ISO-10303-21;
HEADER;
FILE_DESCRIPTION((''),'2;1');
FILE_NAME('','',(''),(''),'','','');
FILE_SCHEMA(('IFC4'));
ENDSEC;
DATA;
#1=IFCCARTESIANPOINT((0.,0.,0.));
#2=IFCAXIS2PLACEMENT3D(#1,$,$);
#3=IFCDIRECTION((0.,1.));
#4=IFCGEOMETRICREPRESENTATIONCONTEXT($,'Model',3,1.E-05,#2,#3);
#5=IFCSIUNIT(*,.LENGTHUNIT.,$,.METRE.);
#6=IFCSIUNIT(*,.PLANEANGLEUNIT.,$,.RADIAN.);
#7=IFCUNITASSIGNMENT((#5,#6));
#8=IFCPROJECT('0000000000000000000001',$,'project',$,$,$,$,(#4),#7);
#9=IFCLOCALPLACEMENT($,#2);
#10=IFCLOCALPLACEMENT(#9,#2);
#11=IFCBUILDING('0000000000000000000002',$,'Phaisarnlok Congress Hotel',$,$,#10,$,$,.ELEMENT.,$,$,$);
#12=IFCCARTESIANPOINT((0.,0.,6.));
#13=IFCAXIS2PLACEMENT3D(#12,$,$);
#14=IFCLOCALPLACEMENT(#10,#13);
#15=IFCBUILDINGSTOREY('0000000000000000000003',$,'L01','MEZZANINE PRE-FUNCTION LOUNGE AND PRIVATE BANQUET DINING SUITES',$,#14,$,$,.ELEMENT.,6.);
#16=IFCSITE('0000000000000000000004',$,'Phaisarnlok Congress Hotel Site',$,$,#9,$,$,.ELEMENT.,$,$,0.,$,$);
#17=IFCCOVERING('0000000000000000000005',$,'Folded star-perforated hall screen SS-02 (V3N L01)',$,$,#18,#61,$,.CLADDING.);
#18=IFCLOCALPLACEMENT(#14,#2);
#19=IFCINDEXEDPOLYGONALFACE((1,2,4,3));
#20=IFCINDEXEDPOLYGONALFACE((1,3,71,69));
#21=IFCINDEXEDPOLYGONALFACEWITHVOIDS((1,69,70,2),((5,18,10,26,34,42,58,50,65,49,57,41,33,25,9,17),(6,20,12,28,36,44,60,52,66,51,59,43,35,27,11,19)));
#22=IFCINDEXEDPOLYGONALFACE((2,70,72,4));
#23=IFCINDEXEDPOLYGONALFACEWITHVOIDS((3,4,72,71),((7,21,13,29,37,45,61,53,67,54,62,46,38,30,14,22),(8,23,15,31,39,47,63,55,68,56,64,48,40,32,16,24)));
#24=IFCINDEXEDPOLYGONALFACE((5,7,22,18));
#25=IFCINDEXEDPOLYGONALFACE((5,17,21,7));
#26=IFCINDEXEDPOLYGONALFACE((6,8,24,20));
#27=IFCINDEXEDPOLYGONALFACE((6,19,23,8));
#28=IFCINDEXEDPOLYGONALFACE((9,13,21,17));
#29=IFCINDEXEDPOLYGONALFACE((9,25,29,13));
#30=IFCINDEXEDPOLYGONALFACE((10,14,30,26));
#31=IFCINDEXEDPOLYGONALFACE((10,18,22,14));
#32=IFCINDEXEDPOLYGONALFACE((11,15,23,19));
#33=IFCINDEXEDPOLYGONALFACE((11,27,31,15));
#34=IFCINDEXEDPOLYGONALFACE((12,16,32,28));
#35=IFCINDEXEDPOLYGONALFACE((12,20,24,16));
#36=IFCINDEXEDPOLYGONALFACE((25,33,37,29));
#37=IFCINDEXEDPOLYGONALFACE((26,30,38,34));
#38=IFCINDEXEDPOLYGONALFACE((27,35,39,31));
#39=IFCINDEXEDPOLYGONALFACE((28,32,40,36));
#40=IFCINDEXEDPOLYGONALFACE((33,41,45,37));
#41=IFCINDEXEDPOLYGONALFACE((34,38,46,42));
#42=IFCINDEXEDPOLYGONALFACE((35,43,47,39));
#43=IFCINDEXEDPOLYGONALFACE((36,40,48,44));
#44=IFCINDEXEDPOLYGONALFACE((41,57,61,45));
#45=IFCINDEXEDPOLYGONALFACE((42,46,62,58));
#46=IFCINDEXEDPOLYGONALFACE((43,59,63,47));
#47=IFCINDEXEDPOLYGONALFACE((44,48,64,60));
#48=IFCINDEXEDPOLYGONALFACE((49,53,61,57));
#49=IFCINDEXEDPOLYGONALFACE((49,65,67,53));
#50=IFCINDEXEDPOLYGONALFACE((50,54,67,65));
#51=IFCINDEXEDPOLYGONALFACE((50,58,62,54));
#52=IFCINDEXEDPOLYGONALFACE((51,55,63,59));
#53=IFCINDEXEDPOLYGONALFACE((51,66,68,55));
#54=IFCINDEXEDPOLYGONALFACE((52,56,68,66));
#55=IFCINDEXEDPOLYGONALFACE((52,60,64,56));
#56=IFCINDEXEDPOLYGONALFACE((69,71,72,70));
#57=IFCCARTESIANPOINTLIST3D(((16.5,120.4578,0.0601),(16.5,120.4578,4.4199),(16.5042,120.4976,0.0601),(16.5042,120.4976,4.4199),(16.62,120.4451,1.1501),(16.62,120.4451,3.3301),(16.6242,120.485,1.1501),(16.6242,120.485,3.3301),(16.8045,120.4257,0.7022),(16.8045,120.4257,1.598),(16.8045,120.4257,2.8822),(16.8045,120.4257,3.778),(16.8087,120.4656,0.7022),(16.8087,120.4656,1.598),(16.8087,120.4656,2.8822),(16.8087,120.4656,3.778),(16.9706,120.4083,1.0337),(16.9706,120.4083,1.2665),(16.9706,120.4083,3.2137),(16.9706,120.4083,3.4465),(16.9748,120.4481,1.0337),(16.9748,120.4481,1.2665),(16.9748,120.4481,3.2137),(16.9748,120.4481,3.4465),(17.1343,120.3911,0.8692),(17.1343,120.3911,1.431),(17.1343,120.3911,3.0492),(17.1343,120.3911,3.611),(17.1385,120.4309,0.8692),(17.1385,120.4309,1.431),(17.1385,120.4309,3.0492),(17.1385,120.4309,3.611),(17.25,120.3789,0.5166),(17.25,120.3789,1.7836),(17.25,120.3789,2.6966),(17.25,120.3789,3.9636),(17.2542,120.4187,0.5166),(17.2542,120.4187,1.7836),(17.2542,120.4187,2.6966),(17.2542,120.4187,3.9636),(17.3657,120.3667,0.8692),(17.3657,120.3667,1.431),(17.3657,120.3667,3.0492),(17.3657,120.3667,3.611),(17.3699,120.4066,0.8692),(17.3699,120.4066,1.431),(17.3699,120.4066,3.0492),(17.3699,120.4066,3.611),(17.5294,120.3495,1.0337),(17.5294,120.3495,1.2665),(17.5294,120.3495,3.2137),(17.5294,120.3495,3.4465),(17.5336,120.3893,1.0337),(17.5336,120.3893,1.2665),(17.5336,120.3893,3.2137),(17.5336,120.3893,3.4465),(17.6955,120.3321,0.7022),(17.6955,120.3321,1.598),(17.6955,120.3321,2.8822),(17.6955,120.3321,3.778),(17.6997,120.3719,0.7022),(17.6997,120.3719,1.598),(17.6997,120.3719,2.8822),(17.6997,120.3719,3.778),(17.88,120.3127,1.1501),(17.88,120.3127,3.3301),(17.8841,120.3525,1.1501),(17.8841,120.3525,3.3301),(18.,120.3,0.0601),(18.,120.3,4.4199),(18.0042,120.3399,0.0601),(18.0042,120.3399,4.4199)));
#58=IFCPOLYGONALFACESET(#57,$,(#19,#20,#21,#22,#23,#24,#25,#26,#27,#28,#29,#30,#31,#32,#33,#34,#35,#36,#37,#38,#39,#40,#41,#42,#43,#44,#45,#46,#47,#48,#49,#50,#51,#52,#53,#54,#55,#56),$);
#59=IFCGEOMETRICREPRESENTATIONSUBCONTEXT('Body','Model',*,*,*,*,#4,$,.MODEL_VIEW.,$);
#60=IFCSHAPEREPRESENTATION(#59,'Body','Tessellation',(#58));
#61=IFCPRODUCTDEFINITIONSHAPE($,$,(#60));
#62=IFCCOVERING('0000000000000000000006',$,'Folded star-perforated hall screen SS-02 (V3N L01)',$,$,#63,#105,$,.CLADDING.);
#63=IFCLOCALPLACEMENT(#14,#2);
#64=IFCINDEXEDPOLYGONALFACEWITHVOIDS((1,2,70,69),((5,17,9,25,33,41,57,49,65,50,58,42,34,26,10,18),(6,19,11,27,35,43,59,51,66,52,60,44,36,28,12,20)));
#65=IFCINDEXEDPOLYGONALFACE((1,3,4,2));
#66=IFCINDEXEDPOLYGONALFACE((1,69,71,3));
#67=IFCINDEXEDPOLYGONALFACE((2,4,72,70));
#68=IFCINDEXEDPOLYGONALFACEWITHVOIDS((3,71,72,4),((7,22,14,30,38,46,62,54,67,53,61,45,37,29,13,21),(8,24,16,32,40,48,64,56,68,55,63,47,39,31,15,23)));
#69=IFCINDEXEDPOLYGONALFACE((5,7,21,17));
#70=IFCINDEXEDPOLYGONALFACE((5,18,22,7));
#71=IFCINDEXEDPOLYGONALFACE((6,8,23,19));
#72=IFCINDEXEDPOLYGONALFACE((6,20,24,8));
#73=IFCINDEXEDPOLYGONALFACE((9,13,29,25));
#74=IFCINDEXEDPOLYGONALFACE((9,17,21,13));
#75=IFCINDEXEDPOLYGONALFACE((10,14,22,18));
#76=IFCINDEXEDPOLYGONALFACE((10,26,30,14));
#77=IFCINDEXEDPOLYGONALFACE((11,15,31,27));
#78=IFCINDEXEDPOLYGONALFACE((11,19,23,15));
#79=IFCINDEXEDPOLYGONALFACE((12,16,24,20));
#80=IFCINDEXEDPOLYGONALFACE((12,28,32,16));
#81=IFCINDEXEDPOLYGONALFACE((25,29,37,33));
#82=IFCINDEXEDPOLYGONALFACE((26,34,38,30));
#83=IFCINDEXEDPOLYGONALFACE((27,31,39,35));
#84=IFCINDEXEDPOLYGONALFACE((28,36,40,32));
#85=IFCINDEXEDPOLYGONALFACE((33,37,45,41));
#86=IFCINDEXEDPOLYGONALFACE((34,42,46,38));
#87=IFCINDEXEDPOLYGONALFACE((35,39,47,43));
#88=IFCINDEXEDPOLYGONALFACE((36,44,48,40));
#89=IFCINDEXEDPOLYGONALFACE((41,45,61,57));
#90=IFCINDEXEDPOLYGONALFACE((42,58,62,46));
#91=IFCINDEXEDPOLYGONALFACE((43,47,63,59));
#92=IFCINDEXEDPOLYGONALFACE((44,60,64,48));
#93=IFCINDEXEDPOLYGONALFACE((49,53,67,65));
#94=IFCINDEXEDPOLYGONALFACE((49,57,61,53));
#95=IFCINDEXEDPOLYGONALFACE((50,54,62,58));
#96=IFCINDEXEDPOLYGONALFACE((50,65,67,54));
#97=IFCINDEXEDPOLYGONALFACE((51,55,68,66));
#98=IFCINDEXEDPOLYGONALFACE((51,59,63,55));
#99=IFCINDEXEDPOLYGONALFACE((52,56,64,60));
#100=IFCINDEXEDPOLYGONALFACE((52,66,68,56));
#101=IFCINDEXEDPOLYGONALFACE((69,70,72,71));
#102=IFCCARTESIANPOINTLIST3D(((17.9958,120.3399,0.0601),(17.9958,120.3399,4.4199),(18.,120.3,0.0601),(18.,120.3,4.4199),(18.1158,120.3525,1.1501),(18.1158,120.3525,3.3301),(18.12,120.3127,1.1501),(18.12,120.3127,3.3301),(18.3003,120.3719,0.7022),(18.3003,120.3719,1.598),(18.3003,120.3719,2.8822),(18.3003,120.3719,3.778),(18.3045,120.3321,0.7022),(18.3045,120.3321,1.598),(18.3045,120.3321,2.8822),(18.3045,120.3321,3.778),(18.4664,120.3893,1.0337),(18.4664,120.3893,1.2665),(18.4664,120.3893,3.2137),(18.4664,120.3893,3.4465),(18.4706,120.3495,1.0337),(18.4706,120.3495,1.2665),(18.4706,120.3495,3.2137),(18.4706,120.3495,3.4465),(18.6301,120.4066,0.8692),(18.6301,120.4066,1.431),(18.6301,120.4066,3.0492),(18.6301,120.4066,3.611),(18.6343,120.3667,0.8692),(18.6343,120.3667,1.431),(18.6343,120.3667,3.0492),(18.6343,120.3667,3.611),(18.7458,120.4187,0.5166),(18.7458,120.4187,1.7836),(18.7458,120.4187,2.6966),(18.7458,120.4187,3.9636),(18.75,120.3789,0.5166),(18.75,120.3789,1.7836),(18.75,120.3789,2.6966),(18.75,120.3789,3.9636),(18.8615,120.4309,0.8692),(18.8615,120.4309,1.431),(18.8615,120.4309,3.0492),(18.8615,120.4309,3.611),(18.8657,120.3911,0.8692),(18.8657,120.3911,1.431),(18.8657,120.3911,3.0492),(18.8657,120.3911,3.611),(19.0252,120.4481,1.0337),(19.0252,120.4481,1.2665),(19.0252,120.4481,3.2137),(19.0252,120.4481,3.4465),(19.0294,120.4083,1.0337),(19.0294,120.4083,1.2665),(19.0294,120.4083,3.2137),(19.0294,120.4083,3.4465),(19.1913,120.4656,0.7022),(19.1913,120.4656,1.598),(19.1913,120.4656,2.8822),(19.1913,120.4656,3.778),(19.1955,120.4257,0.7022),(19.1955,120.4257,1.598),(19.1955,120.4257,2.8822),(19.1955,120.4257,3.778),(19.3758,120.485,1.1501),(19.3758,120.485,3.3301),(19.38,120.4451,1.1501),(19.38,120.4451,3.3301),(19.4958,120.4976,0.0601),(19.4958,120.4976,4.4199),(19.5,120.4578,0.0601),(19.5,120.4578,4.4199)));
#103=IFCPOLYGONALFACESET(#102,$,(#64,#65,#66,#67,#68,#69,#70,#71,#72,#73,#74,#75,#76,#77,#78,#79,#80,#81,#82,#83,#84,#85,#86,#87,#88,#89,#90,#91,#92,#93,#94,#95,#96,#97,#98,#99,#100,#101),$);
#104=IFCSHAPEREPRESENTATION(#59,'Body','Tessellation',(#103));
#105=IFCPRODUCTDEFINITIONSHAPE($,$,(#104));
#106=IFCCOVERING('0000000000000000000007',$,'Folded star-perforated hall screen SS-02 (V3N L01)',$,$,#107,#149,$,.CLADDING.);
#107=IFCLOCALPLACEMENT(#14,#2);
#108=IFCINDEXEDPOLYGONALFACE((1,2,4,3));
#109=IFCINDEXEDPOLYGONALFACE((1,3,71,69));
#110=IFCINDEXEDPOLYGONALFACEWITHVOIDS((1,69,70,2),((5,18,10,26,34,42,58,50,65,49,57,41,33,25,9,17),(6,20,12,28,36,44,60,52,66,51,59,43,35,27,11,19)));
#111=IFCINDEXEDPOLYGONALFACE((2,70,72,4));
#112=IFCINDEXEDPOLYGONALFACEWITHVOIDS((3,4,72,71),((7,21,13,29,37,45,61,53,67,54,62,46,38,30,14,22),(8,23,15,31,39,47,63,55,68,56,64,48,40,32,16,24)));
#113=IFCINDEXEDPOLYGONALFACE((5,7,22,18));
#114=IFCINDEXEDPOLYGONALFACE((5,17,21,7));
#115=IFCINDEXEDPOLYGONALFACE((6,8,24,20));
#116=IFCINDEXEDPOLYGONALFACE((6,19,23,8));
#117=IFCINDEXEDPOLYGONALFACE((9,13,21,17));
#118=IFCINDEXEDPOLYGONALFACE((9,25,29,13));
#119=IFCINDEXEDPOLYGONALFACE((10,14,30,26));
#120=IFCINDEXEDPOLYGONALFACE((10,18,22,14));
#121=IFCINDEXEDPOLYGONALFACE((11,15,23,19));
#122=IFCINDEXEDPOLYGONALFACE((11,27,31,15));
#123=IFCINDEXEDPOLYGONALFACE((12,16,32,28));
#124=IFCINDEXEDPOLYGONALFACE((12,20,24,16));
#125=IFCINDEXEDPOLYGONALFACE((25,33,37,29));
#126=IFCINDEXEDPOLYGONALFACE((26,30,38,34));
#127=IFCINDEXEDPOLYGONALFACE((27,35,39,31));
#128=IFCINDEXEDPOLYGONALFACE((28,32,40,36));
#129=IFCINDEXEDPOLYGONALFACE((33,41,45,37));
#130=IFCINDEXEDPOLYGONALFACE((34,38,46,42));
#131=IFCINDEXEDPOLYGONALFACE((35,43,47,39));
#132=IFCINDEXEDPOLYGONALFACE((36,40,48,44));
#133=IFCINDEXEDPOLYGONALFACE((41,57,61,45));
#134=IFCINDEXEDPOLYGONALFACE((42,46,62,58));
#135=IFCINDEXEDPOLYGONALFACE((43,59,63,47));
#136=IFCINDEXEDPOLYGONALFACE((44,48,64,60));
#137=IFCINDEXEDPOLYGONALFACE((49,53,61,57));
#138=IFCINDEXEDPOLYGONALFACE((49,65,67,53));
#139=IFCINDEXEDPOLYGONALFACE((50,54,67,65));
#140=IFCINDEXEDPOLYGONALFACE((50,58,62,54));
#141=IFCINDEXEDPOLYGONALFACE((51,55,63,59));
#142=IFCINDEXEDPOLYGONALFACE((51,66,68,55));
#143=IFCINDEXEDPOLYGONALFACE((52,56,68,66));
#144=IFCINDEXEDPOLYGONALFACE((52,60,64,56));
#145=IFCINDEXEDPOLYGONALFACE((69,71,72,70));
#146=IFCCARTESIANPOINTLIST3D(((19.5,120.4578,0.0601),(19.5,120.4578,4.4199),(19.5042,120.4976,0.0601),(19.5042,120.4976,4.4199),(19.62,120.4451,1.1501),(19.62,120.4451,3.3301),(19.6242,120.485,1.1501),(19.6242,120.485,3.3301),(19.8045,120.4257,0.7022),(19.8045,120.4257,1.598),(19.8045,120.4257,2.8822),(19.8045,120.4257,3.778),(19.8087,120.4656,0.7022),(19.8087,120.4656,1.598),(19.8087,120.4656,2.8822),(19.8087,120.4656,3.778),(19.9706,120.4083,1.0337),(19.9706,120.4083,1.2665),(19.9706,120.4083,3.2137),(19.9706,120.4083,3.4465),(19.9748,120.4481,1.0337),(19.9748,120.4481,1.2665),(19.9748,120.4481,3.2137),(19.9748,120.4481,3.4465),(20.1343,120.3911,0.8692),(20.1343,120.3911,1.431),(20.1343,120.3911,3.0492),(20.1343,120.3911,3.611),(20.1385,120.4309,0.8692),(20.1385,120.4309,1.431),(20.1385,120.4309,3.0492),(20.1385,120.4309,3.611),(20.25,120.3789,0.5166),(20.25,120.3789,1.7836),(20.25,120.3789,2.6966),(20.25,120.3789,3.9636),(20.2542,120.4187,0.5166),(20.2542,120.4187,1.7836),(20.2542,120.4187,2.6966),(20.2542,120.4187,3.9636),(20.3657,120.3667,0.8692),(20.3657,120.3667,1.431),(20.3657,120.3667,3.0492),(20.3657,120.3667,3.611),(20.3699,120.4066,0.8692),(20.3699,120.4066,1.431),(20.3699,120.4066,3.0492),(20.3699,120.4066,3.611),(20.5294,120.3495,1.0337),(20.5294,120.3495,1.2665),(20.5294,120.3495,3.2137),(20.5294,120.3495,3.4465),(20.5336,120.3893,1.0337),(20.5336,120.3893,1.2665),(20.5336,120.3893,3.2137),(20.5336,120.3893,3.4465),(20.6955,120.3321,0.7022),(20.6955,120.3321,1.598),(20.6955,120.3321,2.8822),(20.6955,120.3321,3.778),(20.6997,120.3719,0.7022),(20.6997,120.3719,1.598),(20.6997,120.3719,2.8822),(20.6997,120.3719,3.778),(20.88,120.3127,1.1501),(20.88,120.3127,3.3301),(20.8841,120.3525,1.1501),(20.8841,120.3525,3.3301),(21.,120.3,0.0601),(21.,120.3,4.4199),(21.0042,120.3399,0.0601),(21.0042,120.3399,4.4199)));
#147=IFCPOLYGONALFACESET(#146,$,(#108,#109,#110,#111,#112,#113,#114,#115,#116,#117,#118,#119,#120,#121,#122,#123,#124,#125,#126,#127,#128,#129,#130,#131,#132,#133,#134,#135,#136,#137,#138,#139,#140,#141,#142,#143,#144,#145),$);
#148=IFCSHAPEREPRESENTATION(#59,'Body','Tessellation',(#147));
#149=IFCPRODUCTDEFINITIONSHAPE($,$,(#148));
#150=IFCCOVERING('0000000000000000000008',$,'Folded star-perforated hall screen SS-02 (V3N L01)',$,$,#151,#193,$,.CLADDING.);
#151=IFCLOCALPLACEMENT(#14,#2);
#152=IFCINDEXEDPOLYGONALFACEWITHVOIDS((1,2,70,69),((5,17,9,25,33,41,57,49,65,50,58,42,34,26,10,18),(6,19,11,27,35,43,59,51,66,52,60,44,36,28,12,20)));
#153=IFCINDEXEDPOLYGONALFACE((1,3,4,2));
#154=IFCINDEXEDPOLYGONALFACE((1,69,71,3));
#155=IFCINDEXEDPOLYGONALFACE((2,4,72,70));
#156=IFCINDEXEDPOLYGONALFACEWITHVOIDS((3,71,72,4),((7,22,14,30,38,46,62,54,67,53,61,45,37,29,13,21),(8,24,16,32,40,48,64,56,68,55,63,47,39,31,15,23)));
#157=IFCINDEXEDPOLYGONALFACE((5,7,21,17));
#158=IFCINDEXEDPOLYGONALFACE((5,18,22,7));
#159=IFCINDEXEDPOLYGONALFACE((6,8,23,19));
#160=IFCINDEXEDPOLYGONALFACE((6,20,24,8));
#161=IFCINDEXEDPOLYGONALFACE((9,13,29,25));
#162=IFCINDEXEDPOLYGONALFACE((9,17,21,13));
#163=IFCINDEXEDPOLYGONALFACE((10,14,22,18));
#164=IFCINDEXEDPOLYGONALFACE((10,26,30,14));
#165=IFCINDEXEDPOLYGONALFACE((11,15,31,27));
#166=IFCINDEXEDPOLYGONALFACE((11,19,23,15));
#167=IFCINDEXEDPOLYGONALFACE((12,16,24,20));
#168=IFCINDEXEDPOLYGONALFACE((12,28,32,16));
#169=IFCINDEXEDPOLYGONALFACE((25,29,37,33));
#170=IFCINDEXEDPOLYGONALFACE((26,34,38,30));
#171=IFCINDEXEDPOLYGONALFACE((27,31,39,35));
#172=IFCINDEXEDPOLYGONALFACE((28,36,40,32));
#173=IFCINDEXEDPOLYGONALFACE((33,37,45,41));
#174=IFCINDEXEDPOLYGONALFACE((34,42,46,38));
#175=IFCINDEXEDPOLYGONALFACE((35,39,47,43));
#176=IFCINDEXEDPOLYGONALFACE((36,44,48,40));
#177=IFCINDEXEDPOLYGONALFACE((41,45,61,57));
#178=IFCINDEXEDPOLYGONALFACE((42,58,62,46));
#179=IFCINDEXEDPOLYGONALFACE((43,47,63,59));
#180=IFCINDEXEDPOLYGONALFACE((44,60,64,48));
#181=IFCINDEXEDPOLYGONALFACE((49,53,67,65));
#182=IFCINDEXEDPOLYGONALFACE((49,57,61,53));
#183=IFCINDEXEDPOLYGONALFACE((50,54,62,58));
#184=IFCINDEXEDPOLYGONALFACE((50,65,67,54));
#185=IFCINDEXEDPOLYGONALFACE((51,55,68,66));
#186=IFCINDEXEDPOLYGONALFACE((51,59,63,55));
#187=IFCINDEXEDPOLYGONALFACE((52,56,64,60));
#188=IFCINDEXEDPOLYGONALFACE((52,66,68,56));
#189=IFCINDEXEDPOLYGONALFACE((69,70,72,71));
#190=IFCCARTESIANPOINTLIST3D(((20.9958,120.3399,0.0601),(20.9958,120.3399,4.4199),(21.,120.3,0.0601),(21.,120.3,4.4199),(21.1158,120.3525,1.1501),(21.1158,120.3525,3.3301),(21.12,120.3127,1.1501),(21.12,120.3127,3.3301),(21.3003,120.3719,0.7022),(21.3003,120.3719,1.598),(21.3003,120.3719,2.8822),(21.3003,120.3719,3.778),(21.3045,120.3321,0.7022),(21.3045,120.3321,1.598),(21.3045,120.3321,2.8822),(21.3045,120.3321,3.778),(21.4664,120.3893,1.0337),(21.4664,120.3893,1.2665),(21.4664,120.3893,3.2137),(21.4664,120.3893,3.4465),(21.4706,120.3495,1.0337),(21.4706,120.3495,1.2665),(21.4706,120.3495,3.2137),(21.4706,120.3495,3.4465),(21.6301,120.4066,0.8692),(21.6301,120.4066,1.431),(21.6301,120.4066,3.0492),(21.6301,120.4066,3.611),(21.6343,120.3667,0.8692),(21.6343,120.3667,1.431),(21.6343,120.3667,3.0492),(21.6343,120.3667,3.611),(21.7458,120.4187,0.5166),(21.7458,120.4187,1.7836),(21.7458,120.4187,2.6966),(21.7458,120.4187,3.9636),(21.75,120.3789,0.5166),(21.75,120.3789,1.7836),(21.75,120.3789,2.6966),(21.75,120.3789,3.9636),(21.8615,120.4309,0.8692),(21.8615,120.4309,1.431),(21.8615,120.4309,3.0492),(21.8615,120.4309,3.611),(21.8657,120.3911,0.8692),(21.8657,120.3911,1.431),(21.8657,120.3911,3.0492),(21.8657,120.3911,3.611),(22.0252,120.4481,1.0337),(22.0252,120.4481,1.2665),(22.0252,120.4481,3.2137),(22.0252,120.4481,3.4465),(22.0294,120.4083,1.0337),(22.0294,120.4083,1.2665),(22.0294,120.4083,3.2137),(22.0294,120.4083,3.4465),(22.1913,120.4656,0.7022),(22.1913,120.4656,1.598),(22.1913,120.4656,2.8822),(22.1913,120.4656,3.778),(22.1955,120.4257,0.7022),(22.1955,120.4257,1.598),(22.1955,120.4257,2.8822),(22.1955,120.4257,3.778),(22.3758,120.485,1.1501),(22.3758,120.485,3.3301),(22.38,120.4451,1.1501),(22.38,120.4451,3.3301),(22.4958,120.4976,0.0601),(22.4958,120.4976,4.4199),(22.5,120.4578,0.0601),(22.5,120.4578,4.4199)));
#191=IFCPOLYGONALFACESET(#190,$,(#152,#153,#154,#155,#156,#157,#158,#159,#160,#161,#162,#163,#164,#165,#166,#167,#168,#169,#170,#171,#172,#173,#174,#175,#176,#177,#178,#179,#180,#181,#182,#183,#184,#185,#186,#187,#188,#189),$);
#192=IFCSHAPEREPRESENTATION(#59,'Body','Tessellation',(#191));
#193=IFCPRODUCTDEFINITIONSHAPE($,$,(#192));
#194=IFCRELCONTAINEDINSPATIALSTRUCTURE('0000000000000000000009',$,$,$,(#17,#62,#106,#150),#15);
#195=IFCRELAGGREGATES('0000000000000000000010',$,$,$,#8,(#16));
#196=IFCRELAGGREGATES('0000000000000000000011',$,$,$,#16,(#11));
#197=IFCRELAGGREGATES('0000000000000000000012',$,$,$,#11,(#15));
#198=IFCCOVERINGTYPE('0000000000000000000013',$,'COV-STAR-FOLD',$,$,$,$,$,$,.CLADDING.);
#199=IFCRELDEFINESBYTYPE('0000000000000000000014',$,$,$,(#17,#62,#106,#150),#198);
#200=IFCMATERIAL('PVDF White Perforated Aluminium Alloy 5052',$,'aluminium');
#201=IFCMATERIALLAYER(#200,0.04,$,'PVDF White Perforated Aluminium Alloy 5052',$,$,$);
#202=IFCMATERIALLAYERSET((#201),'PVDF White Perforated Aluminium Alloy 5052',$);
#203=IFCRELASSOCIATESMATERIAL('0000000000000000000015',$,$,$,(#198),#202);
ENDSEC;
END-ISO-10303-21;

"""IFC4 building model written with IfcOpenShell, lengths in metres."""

from ifc_helpers import new_model, si_unit, direction, frame, origin, place, context, subcontext, project, spatial, polyline, outline, extrude, material, layer, layer_set, type_object, element, save


model = new_model("IFC4")

# Units and contexts
model_context = context("Model", 3, precision=1e-05, world=origin(), true_north=direction((0.0, 1.0)))
body_context = subcontext(model_context, "Body", "Model", "MODEL_VIEW")
ifc_project = project(units=[si_unit("LENGTHUNIT", "METRE"), si_unit("PLANEANGLEUNIT", "RADIAN")], contexts=[model_context])

# Site, building, storey
site_placement = place(None, origin())
site = spatial("IfcSite", under=ifc_project, at=site_placement, Name="Phaisarnlok Congress Hotel Site", CompositionType="ELEMENT", RefElevation=0.0)
building_placement = place(site_placement, origin())
building = spatial("IfcBuilding", under=site, at=building_placement, Name="Phaisarnlok Congress Hotel", CompositionType="ELEMENT")
storey_placement = place(building_placement, frame((0.0, 0.0, 6.0)))
storey = spatial("IfcBuildingStorey", under=building, at=storey_placement, Name="L01", Description="MEZZANINE PRE-FUNCTION LOUNGE AND PRIVATE BANQUET DINING SUITES", CompositionType="ELEMENT", Elevation=6.0)

# Coverings
ifc_material_1 = material(Name="PVDF White Perforated Aluminium Alloy 5052", Category="aluminium")
ifc_layer = layer(ifc_material_1, 0.04, Name="PVDF White Perforated Aluminium Alloy 5052")
ifc_layer_set = layer_set([ifc_layer], Name="PVDF White Perforated Aluminium Alloy 5052")
covering_type = type_object("IfcCoveringType", Name="COV-STAR-FOLD", PredefinedType="CLADDING", material=ifc_layer_set)
for number, where, z_axis, x_axis, name in (
    (1, (18.0, 120.3, 0.0601), (0.104567, 0.994518, 0.0), (-0.994518, 0.104567, 0.0), "Folded star-perforated hall screen SS-02 (V3N L01)"),
    (2, (19.5, 120.4578, 0.0601), (-0.104567, 0.994518, 0.0), (-0.994518, -0.104567, 0.0), "Folded star-perforated hall screen SS-02 (V3N L01)"),
    (3, (21.0, 120.3, 0.0601), (0.104567, 0.994518, 0.0), (-0.994518, 0.104567, 0.0), "Folded star-perforated hall screen SS-02 (V3N L01)"),
    (4, (22.5, 120.4578, 0.0601), (-0.104567, 0.994518, 0.0), (-0.994518, -0.104567, 0.0), "Folded star-perforated hall screen SS-02 (V3N L01)"),
):
    element("IfcCovering", number, at=place(storey_placement, frame(where, z_axis=z_axis, x_axis=x_axis)), inside=storey, type_object=covering_type, Name=name, PredefinedType="CLADDING", context=body_context, shape_type="SweptSolid", body=[
        extrude(outline(polyline([(0.0, 0.0), (1.5083, 0.0), (1.5083, 4.3599), (0.0, 4.3599), (0.0, 0.0)]), holes=[polyline([(1.0351, 0.9736), (1.2021, 0.6421), (0.8705, 0.8091), (0.7541, 0.4565), (0.6378, 0.8091), (0.3062, 0.6421), (0.4732, 0.9736), (0.1207, 1.09), (0.4732, 1.2064), (0.3062, 1.5379), (0.6378, 1.3709), (0.7541, 1.7235), (0.8705, 1.3709), (1.2021, 1.5379), (1.0351, 1.2064), (1.3876, 1.09), (1.0351, 0.9736)]), polyline([(1.0351, 3.1536), (1.2021, 2.8221), (0.8705, 2.9891), (0.7541, 2.6365), (0.6378, 2.9891), (0.3062, 2.8221), (0.4732, 3.1536), (0.1207, 3.27), (0.4732, 3.3864), (0.3062, 3.7179), (0.6378, 3.5509), (0.7541, 3.9035), (0.8705, 3.5509), (1.2021, 3.7179), (1.0351, 3.3864), (1.3876, 3.27), (1.0351, 3.1536)])]), origin(), (0.0, 0.0, 1.0), 0.04),
    ])

save(model, "model.ifc")
